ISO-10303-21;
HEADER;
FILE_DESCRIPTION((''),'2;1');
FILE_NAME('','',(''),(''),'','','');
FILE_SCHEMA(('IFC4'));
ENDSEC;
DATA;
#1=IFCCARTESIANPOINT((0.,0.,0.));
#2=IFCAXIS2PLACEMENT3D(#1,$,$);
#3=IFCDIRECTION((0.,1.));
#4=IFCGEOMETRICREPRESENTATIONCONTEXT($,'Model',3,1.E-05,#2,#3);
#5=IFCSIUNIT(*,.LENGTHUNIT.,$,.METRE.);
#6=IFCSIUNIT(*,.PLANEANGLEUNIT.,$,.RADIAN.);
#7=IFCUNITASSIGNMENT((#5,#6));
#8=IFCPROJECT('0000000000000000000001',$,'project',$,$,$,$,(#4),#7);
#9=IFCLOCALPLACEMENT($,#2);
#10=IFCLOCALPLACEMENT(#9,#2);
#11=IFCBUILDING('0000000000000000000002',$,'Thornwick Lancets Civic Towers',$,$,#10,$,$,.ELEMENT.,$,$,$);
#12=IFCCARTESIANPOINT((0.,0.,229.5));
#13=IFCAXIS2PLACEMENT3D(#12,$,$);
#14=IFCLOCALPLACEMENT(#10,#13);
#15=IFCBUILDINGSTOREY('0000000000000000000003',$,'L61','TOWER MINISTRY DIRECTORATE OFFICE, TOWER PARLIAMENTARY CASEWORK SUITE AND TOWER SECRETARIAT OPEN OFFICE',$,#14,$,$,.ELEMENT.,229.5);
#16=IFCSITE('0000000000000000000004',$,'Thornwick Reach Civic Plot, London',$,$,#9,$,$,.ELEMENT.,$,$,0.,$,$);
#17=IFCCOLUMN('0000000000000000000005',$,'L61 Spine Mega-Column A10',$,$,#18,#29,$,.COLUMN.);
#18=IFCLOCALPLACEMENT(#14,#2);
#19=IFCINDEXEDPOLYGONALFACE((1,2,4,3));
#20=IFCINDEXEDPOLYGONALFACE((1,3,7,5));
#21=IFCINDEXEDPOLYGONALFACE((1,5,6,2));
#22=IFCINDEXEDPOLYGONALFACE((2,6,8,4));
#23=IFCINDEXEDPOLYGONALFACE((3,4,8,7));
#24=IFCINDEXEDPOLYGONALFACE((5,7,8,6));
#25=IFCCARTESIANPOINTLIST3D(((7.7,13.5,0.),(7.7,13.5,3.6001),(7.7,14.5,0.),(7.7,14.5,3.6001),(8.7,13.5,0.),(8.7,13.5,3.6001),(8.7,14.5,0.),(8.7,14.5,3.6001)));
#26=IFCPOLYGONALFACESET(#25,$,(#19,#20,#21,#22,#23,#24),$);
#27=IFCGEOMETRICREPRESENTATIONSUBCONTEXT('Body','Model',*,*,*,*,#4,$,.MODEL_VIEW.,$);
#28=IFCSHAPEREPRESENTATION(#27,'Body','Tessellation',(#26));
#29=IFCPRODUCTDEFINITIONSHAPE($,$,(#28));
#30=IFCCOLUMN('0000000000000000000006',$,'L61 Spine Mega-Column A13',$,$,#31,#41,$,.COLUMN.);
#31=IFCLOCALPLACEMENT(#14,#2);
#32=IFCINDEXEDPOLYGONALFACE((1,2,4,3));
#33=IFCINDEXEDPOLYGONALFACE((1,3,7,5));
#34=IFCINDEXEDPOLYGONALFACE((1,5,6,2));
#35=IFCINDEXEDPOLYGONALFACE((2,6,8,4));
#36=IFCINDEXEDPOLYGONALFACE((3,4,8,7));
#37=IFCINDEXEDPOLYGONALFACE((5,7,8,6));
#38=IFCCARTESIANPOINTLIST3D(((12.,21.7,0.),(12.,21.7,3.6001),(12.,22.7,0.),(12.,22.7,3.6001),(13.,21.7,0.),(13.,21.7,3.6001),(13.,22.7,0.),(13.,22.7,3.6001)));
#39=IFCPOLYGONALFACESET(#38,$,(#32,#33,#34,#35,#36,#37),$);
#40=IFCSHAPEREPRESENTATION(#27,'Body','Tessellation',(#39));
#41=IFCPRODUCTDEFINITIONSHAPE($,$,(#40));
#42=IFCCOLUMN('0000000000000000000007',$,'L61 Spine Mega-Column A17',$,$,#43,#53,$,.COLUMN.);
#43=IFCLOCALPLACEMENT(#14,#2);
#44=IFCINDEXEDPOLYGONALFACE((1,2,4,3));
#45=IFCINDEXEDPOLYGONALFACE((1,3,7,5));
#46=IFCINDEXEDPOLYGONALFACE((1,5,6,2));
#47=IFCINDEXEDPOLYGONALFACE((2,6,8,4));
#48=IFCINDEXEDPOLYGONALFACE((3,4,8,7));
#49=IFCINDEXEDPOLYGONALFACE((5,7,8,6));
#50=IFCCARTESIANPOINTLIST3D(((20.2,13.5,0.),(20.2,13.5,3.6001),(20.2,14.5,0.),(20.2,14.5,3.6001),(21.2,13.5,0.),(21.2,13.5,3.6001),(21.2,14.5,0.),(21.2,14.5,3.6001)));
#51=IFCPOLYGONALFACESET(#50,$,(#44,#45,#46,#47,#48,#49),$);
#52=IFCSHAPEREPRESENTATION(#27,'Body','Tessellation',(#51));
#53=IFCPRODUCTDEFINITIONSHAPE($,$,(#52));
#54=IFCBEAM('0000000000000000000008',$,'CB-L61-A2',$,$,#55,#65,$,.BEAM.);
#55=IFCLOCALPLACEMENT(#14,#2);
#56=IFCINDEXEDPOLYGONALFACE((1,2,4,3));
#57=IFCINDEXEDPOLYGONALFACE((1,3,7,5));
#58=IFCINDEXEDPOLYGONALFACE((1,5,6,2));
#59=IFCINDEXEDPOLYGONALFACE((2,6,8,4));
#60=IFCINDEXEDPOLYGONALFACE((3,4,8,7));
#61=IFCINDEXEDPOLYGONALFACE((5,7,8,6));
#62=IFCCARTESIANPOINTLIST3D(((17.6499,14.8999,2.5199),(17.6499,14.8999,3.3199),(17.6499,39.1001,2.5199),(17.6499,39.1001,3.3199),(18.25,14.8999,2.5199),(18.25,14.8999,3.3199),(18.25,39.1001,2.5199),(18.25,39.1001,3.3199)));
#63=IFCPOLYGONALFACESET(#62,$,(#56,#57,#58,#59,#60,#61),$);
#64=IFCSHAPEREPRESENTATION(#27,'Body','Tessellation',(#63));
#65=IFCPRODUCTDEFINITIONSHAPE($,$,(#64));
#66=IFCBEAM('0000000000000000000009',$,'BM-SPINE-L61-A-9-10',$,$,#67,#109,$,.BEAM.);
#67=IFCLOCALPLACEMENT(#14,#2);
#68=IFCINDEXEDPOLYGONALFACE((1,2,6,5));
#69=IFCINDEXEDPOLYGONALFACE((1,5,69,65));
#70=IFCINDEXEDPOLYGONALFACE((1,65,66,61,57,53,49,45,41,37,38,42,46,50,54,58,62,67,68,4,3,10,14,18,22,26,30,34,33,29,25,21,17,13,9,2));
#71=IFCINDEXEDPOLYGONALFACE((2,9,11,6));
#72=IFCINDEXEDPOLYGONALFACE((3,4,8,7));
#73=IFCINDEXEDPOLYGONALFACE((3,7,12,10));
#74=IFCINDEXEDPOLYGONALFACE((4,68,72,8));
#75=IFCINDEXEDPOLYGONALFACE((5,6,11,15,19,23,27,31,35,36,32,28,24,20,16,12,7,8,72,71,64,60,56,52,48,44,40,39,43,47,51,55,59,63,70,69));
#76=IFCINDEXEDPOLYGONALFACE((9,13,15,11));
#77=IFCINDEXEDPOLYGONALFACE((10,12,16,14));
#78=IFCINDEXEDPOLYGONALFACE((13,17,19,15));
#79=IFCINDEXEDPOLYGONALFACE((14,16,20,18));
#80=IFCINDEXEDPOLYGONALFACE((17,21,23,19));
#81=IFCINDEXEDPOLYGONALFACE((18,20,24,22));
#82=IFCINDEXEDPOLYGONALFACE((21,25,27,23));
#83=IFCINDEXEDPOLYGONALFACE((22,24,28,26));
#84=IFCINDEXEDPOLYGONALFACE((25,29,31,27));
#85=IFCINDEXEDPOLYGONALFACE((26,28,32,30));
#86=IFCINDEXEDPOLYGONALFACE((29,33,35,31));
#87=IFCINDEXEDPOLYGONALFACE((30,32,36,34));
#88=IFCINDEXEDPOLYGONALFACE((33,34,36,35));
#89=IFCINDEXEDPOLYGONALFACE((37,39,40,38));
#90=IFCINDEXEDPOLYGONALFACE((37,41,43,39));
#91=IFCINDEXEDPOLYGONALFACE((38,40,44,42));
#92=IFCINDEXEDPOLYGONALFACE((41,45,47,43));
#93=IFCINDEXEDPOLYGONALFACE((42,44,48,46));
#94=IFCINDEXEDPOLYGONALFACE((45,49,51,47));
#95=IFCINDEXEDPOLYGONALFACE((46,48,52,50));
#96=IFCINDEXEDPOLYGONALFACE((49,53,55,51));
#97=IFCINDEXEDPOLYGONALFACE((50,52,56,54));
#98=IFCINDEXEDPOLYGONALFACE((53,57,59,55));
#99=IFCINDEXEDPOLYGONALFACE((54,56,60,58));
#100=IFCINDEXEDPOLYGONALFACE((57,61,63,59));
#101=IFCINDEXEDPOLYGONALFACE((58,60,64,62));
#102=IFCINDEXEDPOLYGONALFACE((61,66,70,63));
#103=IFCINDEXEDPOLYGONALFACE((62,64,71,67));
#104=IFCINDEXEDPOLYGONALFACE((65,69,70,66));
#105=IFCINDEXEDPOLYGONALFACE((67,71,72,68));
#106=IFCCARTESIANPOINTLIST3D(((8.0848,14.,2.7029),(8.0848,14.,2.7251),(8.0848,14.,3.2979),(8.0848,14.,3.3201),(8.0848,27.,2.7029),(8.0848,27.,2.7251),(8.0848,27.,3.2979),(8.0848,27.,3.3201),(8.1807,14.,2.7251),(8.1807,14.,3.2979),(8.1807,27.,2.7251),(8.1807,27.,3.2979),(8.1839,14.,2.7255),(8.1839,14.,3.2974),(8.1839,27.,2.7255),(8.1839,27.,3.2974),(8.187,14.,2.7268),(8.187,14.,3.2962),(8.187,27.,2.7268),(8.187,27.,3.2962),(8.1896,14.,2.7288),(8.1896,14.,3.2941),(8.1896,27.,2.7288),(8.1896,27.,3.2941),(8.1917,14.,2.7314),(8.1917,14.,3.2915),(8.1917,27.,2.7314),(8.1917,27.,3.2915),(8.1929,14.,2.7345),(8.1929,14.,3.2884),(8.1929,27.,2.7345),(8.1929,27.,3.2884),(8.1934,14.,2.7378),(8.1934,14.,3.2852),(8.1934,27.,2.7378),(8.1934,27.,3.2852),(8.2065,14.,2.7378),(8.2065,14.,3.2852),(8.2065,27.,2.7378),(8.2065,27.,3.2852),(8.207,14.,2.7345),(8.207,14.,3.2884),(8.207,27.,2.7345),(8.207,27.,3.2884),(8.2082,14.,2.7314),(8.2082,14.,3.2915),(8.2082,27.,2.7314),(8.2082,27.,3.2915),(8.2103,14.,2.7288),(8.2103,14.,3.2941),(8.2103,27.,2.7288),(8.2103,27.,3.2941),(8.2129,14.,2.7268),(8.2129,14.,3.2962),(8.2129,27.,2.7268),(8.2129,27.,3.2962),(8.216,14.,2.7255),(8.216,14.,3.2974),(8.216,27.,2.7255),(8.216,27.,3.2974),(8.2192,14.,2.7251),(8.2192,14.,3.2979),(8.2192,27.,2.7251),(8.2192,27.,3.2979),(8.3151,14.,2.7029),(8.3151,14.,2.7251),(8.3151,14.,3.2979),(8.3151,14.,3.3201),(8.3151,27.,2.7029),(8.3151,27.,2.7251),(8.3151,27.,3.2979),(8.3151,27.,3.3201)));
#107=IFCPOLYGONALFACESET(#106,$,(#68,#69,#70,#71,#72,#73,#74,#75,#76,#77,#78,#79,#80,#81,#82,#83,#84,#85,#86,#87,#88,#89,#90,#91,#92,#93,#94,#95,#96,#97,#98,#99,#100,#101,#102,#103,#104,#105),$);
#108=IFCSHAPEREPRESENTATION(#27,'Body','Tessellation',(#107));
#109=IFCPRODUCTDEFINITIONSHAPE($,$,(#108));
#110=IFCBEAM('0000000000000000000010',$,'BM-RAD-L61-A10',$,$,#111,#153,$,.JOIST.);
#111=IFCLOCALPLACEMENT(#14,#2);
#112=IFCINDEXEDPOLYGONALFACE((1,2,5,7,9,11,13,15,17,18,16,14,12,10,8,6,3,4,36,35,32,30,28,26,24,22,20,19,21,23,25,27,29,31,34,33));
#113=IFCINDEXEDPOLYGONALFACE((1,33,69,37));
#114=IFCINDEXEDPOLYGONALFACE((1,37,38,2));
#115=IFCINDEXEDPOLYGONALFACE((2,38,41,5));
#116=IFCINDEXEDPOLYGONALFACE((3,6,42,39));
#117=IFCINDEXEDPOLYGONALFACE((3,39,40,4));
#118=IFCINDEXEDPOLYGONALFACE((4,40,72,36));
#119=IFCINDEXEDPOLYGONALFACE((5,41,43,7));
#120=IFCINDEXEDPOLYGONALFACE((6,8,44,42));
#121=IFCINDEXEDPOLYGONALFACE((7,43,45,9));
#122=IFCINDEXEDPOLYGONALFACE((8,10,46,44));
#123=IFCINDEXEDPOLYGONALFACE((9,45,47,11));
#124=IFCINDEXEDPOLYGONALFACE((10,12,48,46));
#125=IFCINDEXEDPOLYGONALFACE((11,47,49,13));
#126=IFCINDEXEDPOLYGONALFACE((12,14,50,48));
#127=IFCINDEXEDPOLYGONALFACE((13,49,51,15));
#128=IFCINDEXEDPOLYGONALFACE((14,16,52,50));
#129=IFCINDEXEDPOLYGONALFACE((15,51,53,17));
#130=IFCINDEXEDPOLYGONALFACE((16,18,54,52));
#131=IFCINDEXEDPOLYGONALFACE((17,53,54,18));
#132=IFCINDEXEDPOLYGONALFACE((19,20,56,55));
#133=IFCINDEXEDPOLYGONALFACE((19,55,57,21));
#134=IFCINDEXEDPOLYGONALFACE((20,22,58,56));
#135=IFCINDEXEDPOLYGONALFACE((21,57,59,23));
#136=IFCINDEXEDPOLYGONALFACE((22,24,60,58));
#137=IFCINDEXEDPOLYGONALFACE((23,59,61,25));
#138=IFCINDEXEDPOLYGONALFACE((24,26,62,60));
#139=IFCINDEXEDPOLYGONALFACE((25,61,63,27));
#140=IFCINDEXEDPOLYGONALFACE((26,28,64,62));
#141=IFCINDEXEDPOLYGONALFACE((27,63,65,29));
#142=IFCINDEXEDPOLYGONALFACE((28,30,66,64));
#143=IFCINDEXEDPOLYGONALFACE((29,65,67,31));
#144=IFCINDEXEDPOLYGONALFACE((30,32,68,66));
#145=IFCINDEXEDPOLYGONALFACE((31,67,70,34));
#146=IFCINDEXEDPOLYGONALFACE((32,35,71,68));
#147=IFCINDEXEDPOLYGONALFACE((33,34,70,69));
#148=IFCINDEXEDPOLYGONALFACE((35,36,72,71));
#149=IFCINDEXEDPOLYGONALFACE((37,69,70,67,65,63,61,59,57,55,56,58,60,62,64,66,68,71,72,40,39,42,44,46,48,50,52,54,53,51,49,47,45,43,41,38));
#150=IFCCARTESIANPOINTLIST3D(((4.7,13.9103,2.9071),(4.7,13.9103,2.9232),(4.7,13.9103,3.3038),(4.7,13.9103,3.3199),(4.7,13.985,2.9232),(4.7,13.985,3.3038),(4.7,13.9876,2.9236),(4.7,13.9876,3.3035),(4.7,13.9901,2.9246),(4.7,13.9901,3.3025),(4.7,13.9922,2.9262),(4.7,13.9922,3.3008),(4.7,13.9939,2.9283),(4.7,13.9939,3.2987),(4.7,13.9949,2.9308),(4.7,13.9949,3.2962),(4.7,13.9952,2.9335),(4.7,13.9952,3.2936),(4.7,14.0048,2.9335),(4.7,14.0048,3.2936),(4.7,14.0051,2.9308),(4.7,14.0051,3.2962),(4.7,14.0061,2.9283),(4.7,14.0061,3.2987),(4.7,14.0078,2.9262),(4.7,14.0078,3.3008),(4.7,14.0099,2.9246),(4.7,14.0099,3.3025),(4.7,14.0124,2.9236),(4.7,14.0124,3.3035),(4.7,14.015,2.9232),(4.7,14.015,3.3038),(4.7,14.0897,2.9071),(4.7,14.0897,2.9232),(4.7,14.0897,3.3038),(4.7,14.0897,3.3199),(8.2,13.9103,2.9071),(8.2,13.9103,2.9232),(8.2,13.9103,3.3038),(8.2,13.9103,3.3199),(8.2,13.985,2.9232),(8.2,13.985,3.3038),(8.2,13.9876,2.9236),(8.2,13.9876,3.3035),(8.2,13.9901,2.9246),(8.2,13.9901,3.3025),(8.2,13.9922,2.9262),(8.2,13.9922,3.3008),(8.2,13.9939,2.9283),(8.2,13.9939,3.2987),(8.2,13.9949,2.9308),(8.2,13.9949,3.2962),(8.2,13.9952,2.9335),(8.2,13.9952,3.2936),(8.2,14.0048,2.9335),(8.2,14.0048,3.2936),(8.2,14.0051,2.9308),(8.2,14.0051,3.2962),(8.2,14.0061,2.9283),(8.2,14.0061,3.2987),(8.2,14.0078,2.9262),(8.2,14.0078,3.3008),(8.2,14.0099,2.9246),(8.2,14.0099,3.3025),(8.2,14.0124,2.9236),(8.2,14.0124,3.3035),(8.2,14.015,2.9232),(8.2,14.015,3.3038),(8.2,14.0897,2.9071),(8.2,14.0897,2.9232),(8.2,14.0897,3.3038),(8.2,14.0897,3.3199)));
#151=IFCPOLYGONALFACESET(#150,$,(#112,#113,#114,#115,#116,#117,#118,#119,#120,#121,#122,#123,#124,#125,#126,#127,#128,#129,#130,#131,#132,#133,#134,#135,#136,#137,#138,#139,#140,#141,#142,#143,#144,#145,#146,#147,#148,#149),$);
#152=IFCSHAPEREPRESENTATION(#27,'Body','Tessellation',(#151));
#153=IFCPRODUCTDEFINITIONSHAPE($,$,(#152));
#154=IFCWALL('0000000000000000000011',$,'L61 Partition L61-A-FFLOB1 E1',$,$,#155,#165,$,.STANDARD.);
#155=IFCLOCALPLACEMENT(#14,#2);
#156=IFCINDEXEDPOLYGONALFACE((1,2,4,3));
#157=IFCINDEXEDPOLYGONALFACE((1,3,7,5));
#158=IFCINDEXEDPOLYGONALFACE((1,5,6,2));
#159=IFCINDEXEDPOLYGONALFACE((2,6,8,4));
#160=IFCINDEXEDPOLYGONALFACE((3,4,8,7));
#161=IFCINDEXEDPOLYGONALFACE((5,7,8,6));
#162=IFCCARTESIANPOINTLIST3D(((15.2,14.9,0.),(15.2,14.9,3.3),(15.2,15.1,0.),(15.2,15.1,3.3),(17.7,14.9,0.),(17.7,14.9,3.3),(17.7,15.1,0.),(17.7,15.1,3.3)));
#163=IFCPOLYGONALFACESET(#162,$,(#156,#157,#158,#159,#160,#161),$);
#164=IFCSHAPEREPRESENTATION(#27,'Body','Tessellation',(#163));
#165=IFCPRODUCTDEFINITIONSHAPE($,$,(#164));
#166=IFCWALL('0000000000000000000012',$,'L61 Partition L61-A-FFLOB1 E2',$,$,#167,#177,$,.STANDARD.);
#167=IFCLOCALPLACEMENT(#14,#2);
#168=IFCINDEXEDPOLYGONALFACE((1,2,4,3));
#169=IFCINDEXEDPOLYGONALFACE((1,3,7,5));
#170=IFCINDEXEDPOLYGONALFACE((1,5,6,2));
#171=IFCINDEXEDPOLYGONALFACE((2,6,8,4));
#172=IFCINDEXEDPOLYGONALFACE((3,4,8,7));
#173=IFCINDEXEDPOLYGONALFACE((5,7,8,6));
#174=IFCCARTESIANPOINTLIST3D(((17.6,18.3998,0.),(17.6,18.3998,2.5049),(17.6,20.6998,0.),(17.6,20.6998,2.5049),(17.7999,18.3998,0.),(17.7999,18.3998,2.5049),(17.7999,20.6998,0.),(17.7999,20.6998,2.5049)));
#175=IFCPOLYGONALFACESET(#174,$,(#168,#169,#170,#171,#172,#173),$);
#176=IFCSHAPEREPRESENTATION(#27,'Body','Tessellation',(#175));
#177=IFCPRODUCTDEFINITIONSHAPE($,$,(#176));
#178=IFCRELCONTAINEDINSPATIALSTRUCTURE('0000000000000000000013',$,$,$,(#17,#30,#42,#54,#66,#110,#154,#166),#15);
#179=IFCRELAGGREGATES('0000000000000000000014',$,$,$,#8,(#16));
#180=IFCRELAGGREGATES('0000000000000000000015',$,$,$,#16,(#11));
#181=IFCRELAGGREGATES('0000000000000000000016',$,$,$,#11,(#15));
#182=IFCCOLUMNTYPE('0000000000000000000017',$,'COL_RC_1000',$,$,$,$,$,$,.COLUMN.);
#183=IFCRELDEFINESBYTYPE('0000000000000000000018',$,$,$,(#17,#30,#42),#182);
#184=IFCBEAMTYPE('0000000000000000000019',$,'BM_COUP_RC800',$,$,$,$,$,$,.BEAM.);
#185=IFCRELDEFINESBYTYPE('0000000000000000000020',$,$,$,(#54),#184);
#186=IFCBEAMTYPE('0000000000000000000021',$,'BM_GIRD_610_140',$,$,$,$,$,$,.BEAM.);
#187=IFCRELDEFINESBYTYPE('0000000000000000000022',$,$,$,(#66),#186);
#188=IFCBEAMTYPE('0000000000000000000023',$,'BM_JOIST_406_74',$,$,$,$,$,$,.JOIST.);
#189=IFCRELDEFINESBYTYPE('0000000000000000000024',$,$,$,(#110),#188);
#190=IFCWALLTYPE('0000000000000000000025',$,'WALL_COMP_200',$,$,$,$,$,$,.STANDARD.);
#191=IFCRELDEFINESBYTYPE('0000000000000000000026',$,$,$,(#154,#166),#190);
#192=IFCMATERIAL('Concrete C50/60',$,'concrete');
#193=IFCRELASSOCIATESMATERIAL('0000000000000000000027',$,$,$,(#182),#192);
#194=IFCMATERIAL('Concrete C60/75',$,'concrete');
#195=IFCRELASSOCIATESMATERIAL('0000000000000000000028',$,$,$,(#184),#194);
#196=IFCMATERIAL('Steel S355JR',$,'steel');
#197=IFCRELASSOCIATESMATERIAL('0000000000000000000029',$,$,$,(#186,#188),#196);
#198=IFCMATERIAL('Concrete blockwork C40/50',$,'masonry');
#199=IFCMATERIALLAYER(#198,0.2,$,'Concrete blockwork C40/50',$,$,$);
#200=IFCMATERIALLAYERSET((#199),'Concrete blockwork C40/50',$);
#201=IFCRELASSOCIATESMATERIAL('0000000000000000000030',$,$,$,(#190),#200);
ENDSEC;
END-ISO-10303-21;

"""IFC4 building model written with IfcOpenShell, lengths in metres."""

from ifc_helpers import new_model, si_unit, direction, frame, frame_2d, origin, origin_2d, place, context, subcontext, project, spatial, rectangle, i_section, extrude, material, layer, layer_set, material_profile, profile_set, type_object, element, save


model = new_model("IFC4")

# Units and contexts
model_context = context("Model", 3, precision=1e-05, world=origin(), true_north=direction((0.0, 1.0)))
body_context = subcontext(model_context, "Body", "Model", "MODEL_VIEW")
ifc_project = project(units=[si_unit("LENGTHUNIT", "METRE"), si_unit("PLANEANGLEUNIT", "RADIAN")], contexts=[model_context])

# Site, building, storey
site_placement = place(None, origin())
site = spatial("IfcSite", under=ifc_project, at=site_placement, Name="Thornwick Reach Civic Plot, London", CompositionType="ELEMENT", RefElevation=0.0)
building_placement = place(site_placement, origin())
building = spatial("IfcBuilding", under=site, at=building_placement, Name="Thornwick Lancets Civic Towers", CompositionType="ELEMENT")
storey_placement = place(building_placement, frame((0.0, 0.0, 229.5)))
storey = spatial("IfcBuildingStorey", under=building, at=storey_placement, Name="L61", Description="TOWER MINISTRY DIRECTORATE OFFICE, TOWER PARLIAMENTARY CASEWORK SUITE AND TOWER SECRETARIAT OPEN OFFICE", CompositionType="ELEMENT", Elevation=229.5)

# Columns
ifc_material_1 = material(Name="Concrete C50/60", Category="concrete")
ifc_material_profile_1 = material_profile(ifc_material_1, rectangle(XDim=1.0, YDim=1.0, at=origin_2d()), Name="RC 1000x1000")
ifc_profile_set_1 = profile_set([ifc_material_profile_1], Name="Concrete C50/60")
column_type = type_object("IfcColumnType", Name="COL_RC_1000", PredefinedType="COLUMN", material=ifc_profile_set_1)
for number, where, z_axis, x_axis, name in (
    (1, (8.2, 14.0, 0.0), (0.0, 0.0, 1.0), (1.0, 0.0, 0.0), "L61 Spine Mega-Column A10"),
    (2, (12.5, 22.2, 0.0), (0.0, 0.0, 1.0), (1.0, 0.0, 0.0), "L61 Spine Mega-Column A13"),
    (3, (20.7, 14.0, 0.0), (0.0, 0.0, 1.0), (1.0, 0.0, 0.0), "L61 Spine Mega-Column A17"),
):
    element("IfcColumn", number, at=place(storey_placement, frame(where, z_axis=z_axis, x_axis=x_axis)), inside=storey, type_object=column_type, Name=name, PredefinedType="COLUMN", context=body_context, shape_type="SweptSolid", body=[
        extrude(rectangle(XDim=1.0, YDim=1.0, at=origin_2d()), origin(), (0.0, 0.0, 1.0), 3.6001),
    ])

# Beams
ifc_material_2 = material(Name="Concrete C60/75", Category="concrete")
ifc_material_profile_2 = material_profile(ifc_material_2, rectangle(XDim=0.6001, YDim=0.8, at=origin_2d()), Name="RC 600x800")
ifc_profile_set_2 = profile_set([ifc_material_profile_2], Name="Concrete C60/75")
beam_type_1 = type_object("IfcBeamType", Name="BM_COUP_RC800", PredefinedType="BEAM", material=ifc_profile_set_2)
beam_1_placement = place(storey_placement, frame((17.95, 14.8999, 2.9199), z_axis=(0.0, 1.0, 0.0), x_axis=(-1.0, 0.0, 0.0)))
element("IfcBeam", 4, at=beam_1_placement, inside=storey, type_object=beam_type_1, Name="CB-L61-A2", PredefinedType="BEAM", context=body_context, shape_type="SweptSolid", body=[
    extrude(rectangle(XDim=0.6001, YDim=0.8, at=origin_2d()), origin(), (0.0, 0.0, 1.0), 24.2002),
])
ifc_material_3 = material(Name="Steel S355JR", Category="steel")
ifc_material_profile_3 = material_profile(ifc_material_3, i_section(OverallWidth=0.2302, OverallDepth=0.6172, WebThickness=0.0132, FlangeThickness=0.0222, FilletRadius=0.0127, at=origin_2d()), Name="UKB 610x229x140")
ifc_profile_set_3 = profile_set([ifc_material_profile_3], Name="Steel S355JR")
beam_type_2 = type_object("IfcBeamType", Name="BM_GIRD_610_140", PredefinedType="BEAM", material=ifc_profile_set_3)
beam_2_placement = place(storey_placement, frame((8.2, 14.0, 3.0115), z_axis=(0.0, 1.0, 0.0), x_axis=(-1.0, 0.0, 0.0)))
element("IfcBeam", 5, at=beam_2_placement, inside=storey, type_object=beam_type_2, Name="BM-SPINE-L61-A-9-10", PredefinedType="BEAM", context=body_context, shape_type="SweptSolid", body=[
    extrude(i_section(OverallWidth=0.2302, OverallDepth=0.6172, WebThickness=0.0132, FlangeThickness=0.0222, FilletRadius=0.0127, at=origin_2d()), origin(), (0.0, 0.0, 1.0), 13.0),
])
ifc_material_profile_4 = material_profile(ifc_material_3, i_section(OverallWidth=0.1794, OverallDepth=0.4128, WebThickness=0.0095, FlangeThickness=0.0161, FilletRadius=0.0103, at=origin_2d()), Name="UKB 406x178x74")
ifc_profile_set_4 = profile_set([ifc_material_profile_4], Name="Steel S355JR")
beam_type_3 = type_object("IfcBeamType", Name="BM_JOIST_406_74", PredefinedType="JOIST", material=ifc_profile_set_4)
beam_3_placement = place(storey_placement, frame((8.2, 14.0, 3.1135), z_axis=(-1.0, 0.0, 0.0), x_axis=(0.0, -1.0, 0.0)))
element("IfcBeam", 6, at=beam_3_placement, inside=storey, type_object=beam_type_3, Name="BM-RAD-L61-A10", PredefinedType="JOIST", context=body_context, shape_type="SweptSolid", body=[
    extrude(i_section(OverallWidth=0.1794, OverallDepth=0.4128, WebThickness=0.0095, FlangeThickness=0.0161, FilletRadius=0.0103, at=origin_2d()), origin(), (0.0, 0.0, 1.0), 3.5),
])

# Walls
ifc_material_4 = material(Name="Concrete blockwork C40/50", Category="masonry")
ifc_layer_1 = layer(ifc_material_4, 0.2, Name="Concrete blockwork C40/50")
ifc_layer_set_1 = layer_set([ifc_layer_1], Name="Concrete blockwork C40/50")
wall_type_1 = type_object("IfcWallType", Name="WALL_COMP_200", PredefinedType="STANDARD", material=ifc_layer_set_1)
wall_1_placement = place(storey_placement, frame((15.2, 15.0, 0.0), z_axis=(0.0, 0.0, 1.0), x_axis=(1.0, 0.0, 0.0)))
element("IfcWall", 7, at=wall_1_placement, inside=storey, type_object=wall_type_1, Name="L61 Partition L61-A-FFLOB1 E1", PredefinedType="STANDARD", context=body_context, shape_type="SweptSolid", body=[
    extrude(rectangle(XDim=2.5, YDim=0.2, at=frame_2d((1.25, 0.0))), origin(), (0.0, 0.0, 1.0), 3.3),
])
wall_2_placement = place(storey_placement, frame((17.7, 18.3999, 0.0), z_axis=(0.0, 0.0, 1.0), x_axis=(0.0, 1.0, 0.0)))
element("IfcWall", 8, at=wall_2_placement, inside=storey, type_object=wall_type_1, Name="L61 Partition L61-A-FFLOB1 E2", PredefinedType="STANDARD", context=body_context, shape_type="SweptSolid", body=[
    extrude(rectangle(XDim=2.3, YDim=0.2, at=frame_2d((1.1499, 0.0))), origin(), (0.0, 0.0, 1.0), 2.5049),
])

save(model, "model.ifc")
